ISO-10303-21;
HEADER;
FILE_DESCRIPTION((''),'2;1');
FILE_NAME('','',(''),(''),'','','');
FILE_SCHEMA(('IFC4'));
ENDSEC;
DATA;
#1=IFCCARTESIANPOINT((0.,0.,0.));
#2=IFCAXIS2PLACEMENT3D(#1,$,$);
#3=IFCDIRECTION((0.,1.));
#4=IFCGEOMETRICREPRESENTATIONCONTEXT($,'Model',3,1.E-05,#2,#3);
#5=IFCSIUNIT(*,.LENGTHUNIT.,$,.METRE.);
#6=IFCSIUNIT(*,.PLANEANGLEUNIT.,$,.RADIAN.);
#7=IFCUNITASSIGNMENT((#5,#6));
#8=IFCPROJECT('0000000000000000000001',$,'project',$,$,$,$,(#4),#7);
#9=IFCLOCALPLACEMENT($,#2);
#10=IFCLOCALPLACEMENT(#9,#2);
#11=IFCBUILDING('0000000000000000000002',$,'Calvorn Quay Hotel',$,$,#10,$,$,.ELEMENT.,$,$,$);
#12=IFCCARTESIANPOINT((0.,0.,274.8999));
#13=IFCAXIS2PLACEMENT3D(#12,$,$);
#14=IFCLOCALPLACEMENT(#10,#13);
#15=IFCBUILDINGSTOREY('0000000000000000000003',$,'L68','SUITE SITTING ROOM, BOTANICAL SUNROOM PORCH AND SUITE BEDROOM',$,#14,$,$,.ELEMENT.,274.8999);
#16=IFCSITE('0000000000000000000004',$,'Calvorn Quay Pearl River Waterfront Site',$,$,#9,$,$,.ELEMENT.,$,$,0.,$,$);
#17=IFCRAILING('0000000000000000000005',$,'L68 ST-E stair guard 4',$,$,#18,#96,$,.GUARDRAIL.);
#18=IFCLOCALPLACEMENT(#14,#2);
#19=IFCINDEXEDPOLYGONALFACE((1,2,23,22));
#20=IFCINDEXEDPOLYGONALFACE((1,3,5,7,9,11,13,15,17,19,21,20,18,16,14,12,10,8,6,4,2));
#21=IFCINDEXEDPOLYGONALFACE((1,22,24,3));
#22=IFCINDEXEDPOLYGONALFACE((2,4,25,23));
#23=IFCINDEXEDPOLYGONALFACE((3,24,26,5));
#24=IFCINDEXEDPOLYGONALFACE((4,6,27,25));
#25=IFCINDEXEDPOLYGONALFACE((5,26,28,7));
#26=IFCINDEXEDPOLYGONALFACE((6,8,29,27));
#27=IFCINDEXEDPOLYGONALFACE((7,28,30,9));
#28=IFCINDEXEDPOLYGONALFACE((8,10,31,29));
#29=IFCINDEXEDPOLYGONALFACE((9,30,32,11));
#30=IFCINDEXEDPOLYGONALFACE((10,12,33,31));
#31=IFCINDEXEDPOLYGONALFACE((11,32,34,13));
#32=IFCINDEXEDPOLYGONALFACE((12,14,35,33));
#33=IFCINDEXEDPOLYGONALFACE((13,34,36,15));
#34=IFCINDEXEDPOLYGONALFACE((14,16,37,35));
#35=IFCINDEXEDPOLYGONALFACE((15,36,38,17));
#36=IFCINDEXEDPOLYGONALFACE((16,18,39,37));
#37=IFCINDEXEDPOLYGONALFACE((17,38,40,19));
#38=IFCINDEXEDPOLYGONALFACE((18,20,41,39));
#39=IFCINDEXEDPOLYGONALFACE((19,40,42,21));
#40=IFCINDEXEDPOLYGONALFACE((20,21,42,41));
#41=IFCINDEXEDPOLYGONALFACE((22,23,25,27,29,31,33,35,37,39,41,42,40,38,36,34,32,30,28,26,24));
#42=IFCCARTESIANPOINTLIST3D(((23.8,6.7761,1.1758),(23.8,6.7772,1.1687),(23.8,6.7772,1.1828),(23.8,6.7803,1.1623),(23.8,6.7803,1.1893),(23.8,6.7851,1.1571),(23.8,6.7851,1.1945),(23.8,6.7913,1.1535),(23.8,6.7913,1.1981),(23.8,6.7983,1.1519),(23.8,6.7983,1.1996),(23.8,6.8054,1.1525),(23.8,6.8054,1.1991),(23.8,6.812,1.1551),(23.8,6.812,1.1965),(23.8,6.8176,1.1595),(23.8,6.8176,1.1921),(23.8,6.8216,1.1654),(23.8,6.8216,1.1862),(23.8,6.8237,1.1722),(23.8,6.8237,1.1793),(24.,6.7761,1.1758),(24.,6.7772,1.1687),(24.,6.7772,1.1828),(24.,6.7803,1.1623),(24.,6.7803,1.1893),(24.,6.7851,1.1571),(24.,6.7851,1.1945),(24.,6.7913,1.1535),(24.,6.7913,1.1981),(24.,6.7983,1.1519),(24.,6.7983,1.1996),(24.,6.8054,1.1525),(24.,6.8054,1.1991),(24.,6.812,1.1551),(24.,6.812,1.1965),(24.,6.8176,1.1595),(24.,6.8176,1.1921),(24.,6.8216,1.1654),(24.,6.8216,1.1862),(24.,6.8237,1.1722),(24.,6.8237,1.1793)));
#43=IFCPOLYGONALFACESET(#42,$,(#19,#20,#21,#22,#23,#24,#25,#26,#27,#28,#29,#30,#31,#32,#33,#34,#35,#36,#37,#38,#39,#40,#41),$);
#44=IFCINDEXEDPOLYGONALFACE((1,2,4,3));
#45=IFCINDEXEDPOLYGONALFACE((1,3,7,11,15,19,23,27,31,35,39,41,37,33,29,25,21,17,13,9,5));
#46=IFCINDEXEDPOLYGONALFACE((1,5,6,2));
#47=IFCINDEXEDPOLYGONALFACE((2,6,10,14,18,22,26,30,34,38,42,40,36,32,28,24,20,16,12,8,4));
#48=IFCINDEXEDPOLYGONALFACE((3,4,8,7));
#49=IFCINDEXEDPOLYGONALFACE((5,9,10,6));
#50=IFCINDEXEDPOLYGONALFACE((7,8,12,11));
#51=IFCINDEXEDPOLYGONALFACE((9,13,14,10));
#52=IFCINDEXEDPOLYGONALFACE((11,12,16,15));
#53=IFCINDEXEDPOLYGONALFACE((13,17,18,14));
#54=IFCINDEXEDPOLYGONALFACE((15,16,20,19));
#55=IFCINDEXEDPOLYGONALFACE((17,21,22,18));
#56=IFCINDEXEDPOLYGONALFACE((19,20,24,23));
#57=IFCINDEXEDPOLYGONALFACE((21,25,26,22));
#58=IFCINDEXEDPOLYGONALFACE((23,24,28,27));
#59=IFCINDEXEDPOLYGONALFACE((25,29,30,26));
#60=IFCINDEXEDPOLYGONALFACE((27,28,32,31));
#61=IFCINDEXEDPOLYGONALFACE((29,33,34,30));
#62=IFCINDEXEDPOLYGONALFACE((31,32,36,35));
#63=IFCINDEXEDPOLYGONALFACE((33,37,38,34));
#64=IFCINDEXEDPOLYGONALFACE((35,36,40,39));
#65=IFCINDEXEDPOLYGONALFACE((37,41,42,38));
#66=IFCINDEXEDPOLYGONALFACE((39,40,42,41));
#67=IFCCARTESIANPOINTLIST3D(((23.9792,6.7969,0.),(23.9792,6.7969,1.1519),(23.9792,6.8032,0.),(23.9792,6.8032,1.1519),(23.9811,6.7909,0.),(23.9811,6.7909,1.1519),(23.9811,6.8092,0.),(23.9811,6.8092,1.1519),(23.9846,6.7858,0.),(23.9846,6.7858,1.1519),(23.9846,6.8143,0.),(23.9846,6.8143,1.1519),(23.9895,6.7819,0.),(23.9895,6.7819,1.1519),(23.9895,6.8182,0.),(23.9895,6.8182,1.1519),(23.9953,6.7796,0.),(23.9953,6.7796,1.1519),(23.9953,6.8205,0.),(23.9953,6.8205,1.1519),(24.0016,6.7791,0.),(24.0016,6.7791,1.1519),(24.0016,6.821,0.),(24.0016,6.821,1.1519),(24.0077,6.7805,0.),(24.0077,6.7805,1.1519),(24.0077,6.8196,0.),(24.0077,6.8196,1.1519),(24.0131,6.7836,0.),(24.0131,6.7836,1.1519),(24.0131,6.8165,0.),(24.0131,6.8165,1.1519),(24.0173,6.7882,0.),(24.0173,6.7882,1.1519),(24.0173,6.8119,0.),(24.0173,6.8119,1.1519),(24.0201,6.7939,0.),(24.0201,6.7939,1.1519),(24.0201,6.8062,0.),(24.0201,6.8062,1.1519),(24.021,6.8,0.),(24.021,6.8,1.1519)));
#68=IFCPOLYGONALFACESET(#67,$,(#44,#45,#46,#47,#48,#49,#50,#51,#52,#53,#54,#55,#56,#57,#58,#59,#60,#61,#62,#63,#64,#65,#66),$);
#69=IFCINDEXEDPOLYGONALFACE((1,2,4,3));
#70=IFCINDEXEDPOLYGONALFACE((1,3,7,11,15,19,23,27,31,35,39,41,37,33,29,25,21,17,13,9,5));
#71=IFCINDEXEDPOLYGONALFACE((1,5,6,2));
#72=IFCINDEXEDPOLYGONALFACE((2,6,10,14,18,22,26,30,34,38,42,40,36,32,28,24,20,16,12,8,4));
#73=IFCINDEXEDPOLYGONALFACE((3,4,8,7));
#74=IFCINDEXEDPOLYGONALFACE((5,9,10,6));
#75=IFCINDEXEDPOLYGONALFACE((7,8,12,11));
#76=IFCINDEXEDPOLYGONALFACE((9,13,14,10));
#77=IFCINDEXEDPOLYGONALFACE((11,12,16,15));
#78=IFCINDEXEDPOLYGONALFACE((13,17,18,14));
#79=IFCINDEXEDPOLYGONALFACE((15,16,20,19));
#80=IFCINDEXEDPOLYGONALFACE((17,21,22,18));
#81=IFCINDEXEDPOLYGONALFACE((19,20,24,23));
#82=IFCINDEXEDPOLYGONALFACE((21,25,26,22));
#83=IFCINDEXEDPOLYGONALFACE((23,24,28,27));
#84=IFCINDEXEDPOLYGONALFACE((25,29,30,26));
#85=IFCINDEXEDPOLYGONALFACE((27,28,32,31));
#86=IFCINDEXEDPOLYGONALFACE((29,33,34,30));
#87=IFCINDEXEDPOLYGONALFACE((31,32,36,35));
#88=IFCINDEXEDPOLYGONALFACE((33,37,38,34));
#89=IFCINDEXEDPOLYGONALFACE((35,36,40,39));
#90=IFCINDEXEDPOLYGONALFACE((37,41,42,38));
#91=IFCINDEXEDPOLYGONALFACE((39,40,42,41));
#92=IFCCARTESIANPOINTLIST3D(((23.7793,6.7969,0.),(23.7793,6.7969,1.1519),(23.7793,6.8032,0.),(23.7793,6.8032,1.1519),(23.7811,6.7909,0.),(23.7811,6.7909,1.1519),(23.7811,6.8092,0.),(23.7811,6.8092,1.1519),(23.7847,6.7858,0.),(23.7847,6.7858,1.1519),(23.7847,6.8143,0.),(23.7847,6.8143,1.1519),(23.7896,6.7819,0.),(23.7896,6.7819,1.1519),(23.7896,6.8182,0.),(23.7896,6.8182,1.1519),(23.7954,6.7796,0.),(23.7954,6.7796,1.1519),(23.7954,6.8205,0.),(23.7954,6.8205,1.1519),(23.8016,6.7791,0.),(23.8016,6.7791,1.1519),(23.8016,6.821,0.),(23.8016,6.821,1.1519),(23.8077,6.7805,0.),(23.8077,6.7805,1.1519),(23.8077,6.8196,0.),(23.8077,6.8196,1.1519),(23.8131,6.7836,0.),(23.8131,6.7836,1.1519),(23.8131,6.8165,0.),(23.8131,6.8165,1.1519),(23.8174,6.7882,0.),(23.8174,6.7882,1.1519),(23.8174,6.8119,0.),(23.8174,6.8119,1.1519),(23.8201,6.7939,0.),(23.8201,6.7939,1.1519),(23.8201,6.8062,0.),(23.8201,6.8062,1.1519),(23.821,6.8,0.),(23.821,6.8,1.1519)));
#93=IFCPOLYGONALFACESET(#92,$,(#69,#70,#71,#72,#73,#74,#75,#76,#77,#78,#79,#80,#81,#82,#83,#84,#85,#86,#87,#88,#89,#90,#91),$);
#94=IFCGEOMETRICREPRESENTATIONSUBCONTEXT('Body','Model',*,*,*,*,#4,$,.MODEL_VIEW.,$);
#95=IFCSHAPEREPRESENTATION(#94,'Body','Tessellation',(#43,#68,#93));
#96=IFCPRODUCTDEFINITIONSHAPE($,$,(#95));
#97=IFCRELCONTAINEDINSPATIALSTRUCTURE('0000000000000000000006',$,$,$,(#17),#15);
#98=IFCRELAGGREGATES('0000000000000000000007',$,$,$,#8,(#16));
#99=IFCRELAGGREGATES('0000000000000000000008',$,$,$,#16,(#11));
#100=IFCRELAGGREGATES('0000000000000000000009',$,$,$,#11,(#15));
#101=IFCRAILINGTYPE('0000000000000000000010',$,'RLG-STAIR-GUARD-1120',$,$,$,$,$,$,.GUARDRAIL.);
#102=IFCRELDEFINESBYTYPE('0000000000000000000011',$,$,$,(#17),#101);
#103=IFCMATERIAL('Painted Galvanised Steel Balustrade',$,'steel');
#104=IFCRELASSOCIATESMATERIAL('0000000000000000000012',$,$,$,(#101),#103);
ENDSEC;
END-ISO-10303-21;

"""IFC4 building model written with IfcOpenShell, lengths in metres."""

from ifc_helpers import new_model, si_unit, direction, frame, origin, origin_2d, place, context, subcontext, project, spatial, circle, extrude, material, type_object, element, save


model = new_model("IFC4")

# Units and contexts
model_context = context("Model", 3, precision=1e-05, world=origin(), true_north=direction((0.0, 1.0)))
body_context = subcontext(model_context, "Body", "Model", "MODEL_VIEW")
ifc_project = project(units=[si_unit("LENGTHUNIT", "METRE"), si_unit("PLANEANGLEUNIT", "RADIAN")], contexts=[model_context])

# Site, building, storey
site_placement = place(None, origin())
site = spatial("IfcSite", under=ifc_project, at=site_placement, Name="Calvorn Quay Pearl River Waterfront Site", CompositionType="ELEMENT", RefElevation=0.0)
building_placement = place(site_placement, origin())
building = spatial("IfcBuilding", under=site, at=building_placement, Name="Calvorn Quay Hotel", CompositionType="ELEMENT")
storey_placement = place(building_placement, frame((0.0, 0.0, 274.8999)))
storey = spatial("IfcBuildingStorey", under=building, at=storey_placement, Name="L68", Description="SUITE SITTING ROOM, BOTANICAL SUNROOM PORCH AND SUITE BEDROOM", CompositionType="ELEMENT", Elevation=274.8999)

# Railing
ifc_material_1 = material(Name="Painted Galvanised Steel Balustrade", Category="steel")
railing_type_1 = type_object("IfcRailingType", Name="RLG-STAIR-GUARD-1120", PredefinedType="GUARDRAIL", material=ifc_material_1)
railing_1_placement = place(storey_placement, frame((24.0, 6.8, 0.0)))
element("IfcRailing", 1, at=railing_1_placement, inside=storey, type_object=railing_type_1, Name="L68 ST-E stair guard 4", PredefinedType="GUARDRAIL", context=body_context, shape_type="SweptSolid", body=[
    extrude(circle(Radius=0.0239, at=origin_2d()), frame((0.0, 0.0, 1.1758), z_axis=(-1.0, 0.0, 0.0), x_axis=(0.0, -1.0, 0.0)), (0.0, 0.0, 1.0), 0.2),
    extrude(circle(Radius=0.021, at=origin_2d()), origin(), (0.0, 0.0, 1.0), 1.1519),
    extrude(circle(Radius=0.021, at=origin_2d()), frame((-0.2, 0.0, 0.0)), (0.0, 0.0, 1.0), 1.1519),
])

save(model, "model.ifc")
